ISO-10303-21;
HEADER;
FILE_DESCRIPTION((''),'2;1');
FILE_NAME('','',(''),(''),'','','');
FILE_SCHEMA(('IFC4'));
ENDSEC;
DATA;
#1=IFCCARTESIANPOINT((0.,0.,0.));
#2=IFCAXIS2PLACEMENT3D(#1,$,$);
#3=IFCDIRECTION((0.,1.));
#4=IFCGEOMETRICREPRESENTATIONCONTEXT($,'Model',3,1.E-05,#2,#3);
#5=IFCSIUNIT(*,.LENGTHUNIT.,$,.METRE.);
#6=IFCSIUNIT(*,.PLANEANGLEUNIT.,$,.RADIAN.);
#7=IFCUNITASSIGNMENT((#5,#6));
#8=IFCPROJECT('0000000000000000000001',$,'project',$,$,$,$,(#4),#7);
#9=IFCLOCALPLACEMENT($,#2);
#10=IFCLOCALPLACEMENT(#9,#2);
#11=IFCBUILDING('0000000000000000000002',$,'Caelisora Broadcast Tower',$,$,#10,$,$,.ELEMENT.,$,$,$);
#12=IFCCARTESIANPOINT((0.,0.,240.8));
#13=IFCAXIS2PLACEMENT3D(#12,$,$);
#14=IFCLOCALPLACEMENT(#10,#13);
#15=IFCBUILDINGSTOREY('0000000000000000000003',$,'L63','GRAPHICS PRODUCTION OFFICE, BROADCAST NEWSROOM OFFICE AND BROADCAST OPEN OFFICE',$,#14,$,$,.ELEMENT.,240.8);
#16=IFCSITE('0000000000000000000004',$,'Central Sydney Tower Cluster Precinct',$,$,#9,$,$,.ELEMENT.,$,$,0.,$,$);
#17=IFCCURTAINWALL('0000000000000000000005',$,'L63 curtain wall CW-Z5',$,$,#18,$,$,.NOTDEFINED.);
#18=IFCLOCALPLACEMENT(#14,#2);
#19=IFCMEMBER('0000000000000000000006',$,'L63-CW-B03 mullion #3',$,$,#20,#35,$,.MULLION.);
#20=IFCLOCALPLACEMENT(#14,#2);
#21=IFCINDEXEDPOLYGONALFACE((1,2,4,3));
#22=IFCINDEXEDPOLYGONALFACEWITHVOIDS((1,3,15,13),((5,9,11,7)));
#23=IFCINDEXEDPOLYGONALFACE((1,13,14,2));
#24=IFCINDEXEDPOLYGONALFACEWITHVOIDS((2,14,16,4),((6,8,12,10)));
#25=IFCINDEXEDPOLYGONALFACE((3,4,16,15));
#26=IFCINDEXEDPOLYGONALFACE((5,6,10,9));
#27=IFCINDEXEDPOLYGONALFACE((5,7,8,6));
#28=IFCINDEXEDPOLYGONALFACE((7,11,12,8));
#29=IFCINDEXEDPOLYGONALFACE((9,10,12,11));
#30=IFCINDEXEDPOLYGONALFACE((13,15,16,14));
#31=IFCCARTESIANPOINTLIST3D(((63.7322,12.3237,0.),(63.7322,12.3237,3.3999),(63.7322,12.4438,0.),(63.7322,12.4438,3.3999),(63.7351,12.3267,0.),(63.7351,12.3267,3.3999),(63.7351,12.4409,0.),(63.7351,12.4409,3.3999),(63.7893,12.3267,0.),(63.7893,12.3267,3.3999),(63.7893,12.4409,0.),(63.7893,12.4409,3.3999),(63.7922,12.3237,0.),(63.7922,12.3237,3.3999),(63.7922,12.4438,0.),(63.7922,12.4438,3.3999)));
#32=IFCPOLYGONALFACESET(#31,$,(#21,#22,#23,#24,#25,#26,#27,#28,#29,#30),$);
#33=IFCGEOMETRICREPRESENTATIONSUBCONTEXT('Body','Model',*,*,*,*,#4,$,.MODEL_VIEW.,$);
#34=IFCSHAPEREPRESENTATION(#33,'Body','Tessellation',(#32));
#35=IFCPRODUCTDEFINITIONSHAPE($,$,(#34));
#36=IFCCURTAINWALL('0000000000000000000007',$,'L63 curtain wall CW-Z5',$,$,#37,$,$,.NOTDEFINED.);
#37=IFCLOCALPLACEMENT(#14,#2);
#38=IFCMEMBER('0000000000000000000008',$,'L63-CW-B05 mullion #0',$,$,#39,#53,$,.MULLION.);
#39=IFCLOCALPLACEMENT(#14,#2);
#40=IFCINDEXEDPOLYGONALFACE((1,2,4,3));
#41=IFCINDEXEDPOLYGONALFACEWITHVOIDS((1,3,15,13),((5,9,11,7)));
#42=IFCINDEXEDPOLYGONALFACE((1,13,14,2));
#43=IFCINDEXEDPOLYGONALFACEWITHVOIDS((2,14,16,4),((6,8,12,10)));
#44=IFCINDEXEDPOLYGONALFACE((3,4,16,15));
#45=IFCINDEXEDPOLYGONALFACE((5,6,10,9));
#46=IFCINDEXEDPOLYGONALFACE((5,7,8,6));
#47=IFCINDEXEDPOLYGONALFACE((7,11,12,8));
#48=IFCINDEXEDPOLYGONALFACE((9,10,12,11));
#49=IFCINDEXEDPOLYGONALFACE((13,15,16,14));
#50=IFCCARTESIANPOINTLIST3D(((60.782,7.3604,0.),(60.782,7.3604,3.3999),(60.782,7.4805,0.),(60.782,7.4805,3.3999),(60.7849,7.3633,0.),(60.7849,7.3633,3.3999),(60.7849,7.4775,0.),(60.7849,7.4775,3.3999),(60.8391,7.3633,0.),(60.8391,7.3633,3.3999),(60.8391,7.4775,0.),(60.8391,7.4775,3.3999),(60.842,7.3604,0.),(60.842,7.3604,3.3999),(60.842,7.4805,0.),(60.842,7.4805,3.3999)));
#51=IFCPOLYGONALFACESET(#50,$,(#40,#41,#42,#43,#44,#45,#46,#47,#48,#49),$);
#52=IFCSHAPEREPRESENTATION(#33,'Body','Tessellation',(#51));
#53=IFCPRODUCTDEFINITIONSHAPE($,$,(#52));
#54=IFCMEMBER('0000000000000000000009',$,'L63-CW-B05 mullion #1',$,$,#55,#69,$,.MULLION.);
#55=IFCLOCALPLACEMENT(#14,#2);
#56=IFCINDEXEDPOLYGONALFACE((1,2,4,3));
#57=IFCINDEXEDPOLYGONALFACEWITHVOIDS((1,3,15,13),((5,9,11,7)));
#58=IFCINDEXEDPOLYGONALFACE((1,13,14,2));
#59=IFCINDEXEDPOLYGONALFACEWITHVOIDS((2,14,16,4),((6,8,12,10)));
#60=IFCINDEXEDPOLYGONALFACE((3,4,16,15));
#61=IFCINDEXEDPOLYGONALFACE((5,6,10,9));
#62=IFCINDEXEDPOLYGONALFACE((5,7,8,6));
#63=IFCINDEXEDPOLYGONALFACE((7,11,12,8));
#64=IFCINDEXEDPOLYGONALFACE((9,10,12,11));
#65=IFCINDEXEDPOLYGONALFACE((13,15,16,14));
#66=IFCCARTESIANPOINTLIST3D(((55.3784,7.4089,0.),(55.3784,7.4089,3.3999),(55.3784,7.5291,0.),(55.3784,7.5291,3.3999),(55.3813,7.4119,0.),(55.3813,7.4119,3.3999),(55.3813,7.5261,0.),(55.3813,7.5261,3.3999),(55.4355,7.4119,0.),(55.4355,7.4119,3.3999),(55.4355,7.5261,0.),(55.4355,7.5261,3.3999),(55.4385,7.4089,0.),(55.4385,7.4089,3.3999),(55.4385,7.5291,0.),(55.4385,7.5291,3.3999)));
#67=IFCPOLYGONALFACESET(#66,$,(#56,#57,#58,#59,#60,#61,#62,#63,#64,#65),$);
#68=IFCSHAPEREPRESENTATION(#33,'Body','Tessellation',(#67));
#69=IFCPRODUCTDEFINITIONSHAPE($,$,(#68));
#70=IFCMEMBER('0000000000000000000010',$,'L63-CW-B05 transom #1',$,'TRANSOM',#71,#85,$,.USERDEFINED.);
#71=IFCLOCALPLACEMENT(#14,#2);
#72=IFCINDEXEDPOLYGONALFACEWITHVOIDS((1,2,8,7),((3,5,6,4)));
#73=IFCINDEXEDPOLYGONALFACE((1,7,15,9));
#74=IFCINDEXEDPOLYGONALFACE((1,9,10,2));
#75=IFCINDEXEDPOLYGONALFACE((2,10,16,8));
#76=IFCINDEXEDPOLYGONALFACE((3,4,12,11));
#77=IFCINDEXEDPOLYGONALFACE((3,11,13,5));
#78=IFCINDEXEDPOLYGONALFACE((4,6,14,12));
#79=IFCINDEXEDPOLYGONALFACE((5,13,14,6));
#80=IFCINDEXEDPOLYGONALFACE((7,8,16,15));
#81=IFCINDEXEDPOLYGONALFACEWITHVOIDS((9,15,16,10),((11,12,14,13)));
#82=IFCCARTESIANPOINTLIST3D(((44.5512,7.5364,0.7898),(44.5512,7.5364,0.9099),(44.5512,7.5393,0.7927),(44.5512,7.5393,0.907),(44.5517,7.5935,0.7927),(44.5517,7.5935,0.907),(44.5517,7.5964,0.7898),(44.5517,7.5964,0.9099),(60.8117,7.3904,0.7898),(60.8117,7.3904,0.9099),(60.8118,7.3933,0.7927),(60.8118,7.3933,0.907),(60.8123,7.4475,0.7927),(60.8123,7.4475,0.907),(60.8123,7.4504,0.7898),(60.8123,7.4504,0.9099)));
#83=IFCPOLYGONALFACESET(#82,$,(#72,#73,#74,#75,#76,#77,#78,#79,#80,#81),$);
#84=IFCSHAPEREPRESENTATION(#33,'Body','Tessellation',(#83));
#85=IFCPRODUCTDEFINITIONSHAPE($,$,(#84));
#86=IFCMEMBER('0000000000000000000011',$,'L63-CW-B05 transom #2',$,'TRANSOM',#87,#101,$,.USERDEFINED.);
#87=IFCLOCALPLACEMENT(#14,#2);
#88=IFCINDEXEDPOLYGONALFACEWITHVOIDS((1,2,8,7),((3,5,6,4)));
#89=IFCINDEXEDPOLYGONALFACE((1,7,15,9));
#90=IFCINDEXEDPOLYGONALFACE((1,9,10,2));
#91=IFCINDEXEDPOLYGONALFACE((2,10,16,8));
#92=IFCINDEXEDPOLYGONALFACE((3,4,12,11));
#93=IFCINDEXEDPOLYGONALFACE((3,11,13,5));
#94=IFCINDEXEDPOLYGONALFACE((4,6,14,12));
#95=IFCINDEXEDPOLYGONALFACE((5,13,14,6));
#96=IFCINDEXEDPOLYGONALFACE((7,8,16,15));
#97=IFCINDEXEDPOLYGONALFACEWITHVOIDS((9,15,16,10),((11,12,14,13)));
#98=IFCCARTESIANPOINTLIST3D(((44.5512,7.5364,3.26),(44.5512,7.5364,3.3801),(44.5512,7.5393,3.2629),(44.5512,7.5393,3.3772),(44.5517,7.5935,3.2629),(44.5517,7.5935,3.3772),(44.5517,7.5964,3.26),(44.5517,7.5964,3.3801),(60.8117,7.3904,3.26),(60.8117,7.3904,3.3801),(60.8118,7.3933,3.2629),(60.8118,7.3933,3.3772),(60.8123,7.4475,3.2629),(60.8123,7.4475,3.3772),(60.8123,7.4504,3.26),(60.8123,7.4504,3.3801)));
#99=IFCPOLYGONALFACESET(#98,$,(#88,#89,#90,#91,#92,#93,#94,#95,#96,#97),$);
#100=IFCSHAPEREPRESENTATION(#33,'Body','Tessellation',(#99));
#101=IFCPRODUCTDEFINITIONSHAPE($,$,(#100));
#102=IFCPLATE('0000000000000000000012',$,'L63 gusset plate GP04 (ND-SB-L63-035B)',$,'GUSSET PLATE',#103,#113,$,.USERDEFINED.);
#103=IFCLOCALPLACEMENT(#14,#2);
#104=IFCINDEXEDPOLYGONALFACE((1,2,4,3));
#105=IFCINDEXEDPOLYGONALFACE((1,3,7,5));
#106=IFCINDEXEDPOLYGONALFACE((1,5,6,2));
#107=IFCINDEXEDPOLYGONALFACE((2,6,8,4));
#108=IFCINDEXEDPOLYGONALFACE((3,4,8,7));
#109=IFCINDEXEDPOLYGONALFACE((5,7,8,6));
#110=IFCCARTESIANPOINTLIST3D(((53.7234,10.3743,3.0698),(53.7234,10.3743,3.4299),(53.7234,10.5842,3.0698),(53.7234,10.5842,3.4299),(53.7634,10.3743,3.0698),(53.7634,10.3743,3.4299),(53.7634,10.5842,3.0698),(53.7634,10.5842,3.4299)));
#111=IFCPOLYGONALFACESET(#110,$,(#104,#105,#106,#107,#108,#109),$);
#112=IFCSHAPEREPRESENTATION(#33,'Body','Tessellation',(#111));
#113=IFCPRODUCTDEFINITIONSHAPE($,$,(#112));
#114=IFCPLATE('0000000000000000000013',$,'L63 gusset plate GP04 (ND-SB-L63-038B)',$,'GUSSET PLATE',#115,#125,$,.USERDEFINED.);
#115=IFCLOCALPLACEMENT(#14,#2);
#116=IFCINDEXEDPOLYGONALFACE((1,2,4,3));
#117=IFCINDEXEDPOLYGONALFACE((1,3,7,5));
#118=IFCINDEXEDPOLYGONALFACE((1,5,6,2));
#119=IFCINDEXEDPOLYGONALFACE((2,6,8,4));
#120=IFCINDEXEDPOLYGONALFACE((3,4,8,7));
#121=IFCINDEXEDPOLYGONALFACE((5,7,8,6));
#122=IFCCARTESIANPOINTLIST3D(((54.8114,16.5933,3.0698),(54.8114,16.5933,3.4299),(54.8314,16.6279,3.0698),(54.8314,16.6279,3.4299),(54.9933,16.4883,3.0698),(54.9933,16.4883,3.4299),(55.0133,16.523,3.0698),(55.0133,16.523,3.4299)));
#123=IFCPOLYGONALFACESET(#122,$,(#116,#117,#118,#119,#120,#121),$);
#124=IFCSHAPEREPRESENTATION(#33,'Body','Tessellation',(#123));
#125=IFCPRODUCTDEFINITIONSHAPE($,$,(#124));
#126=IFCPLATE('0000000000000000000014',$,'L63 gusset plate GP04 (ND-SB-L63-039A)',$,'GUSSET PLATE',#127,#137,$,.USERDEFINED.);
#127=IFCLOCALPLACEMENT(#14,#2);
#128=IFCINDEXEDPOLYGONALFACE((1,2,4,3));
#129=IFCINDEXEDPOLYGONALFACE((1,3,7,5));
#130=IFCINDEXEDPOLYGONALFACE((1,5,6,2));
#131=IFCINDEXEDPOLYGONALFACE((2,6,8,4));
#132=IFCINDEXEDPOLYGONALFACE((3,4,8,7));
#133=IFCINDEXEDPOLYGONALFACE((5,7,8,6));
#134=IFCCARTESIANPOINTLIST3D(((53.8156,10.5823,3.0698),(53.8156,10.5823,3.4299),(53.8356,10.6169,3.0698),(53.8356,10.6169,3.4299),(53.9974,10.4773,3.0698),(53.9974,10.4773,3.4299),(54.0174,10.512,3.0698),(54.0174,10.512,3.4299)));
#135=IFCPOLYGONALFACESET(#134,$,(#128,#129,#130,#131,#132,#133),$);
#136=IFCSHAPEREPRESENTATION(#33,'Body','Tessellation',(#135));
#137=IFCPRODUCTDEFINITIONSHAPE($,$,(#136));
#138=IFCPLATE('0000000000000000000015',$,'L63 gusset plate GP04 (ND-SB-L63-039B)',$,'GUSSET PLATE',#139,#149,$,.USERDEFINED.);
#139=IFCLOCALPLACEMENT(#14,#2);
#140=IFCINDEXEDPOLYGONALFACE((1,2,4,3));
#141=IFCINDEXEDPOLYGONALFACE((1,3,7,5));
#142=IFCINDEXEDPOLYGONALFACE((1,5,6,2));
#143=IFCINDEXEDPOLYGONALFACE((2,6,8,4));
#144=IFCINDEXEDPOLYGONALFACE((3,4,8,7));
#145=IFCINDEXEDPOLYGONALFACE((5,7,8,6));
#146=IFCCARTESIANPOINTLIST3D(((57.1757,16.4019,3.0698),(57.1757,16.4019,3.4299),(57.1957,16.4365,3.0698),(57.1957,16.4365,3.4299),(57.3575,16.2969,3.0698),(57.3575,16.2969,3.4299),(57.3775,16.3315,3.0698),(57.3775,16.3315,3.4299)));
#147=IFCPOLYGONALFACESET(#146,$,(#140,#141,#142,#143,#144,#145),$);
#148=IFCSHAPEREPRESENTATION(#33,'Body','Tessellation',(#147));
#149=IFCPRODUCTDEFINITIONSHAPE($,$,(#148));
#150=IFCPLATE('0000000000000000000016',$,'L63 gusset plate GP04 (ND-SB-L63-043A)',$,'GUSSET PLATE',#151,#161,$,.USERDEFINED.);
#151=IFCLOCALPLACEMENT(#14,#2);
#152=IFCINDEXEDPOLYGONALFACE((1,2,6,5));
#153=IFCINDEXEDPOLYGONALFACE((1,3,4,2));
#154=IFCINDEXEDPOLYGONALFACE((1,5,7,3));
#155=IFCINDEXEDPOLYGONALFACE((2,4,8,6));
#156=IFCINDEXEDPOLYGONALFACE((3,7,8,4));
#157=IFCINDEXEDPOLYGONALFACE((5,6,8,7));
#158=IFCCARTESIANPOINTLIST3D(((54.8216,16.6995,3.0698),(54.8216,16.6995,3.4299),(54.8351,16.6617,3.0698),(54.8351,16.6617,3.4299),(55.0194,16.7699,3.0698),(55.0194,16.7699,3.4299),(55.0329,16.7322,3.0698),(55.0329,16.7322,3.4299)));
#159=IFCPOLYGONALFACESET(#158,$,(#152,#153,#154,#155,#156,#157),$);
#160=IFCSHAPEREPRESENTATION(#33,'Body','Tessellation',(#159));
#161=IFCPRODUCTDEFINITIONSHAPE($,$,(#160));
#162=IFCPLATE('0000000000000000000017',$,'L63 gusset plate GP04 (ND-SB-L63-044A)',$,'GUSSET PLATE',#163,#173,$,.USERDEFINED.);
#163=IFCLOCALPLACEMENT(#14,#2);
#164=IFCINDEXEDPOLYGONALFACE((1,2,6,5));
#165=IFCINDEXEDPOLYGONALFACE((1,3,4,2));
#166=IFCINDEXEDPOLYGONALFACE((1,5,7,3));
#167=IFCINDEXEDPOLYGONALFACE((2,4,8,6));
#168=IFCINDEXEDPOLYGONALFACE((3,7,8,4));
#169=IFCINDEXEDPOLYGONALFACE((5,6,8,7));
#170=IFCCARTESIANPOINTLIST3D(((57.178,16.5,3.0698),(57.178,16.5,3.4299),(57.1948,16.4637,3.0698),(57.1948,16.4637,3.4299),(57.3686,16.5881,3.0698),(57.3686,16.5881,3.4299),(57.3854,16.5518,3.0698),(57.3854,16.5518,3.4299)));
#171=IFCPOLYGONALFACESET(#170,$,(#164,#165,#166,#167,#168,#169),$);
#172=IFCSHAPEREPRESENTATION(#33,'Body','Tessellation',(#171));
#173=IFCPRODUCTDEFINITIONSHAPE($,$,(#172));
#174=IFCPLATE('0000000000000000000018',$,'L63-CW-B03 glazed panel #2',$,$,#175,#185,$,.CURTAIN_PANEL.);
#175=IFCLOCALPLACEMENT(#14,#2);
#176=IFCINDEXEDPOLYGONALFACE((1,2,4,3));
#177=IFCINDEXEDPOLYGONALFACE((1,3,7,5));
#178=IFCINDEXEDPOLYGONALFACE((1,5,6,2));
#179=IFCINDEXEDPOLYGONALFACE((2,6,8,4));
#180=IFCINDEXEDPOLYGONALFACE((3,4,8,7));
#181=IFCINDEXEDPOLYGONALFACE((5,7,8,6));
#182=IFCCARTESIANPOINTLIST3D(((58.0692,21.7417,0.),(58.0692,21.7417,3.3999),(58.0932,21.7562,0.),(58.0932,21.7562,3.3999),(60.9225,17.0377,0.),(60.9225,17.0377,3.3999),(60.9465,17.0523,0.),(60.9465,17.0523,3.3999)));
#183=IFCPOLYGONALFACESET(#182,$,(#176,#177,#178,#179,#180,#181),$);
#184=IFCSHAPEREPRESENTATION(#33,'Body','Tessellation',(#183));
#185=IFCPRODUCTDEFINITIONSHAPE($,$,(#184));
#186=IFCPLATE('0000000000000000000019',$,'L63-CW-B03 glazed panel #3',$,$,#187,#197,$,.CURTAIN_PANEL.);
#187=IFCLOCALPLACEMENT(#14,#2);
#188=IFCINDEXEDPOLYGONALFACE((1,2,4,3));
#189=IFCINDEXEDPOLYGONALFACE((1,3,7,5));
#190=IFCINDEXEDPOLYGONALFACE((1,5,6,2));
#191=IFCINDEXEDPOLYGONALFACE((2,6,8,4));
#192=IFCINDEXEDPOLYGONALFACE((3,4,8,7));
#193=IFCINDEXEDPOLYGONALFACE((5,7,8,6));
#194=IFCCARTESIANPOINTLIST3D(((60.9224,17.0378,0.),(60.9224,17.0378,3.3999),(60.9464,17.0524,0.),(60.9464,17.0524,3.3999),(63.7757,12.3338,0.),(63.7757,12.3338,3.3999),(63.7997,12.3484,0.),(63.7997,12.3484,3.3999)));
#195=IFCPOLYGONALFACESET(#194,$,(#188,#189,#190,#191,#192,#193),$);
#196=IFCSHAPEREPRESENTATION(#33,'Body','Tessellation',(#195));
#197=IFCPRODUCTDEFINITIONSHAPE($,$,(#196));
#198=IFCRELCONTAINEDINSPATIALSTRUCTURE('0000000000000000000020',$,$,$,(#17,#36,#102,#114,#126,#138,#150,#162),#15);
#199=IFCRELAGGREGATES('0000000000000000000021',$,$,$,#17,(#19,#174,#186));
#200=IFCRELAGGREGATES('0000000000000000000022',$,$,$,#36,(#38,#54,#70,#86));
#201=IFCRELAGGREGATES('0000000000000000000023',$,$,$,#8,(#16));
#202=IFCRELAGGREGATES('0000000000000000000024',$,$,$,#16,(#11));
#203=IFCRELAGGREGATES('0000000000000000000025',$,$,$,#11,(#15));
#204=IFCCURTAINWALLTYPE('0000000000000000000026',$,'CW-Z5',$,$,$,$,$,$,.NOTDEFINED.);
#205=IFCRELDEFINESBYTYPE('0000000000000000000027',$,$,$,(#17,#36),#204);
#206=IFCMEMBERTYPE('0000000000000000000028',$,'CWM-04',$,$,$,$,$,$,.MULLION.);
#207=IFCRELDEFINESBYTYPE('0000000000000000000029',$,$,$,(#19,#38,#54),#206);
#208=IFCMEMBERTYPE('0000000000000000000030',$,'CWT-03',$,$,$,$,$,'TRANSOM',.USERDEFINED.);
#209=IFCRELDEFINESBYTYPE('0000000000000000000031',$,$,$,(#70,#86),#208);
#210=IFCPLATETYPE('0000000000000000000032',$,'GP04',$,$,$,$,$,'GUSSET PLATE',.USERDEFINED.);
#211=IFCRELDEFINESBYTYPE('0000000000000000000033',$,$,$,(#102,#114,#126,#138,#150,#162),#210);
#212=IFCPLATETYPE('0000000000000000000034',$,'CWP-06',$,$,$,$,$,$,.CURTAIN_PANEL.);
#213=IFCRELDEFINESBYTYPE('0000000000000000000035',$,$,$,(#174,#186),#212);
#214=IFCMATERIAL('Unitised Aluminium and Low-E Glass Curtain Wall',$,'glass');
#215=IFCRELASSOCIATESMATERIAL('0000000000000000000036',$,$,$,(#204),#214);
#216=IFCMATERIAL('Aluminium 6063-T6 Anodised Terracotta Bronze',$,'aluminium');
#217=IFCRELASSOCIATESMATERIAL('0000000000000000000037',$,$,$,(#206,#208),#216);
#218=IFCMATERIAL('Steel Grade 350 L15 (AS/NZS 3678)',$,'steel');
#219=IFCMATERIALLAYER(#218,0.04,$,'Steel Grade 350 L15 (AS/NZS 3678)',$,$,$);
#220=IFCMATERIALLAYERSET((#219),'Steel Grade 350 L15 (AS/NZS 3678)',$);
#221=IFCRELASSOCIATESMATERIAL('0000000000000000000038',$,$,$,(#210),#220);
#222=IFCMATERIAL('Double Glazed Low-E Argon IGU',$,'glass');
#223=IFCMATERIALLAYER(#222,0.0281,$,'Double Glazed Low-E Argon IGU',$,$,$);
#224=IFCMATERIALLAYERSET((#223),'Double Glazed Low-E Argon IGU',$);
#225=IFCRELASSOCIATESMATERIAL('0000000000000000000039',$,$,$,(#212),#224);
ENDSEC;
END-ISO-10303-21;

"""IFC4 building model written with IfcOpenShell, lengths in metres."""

from ifc_helpers import new_model, si_unit, direction, frame, origin, origin_2d, place, context, subcontext, project, spatial, rectangle, hollow_rectangle, extrude, source, transform, mapped, material, layer, layer_set, material_profile, profile_set, type_object, type_shapes, element, aggregate, save


model = new_model("IFC4")

# Units and contexts
model_context = context("Model", 3, precision=1e-05, world=origin(), true_north=direction((0.0, 1.0)))
body_context = subcontext(model_context, "Body", "Model", "MODEL_VIEW")
ifc_project = project(units=[si_unit("LENGTHUNIT", "METRE"), si_unit("PLANEANGLEUNIT", "RADIAN")], contexts=[model_context])

# Site, building, storey
site_placement = place(None, origin())
site = spatial("IfcSite", under=ifc_project, at=site_placement, Name="Central Sydney Tower Cluster Precinct", CompositionType="ELEMENT", RefElevation=0.0)
building_placement = place(site_placement, origin())
building = spatial("IfcBuilding", under=site, at=building_placement, Name="Caelisora Broadcast Tower", CompositionType="ELEMENT")
storey_placement = place(building_placement, frame((0.0, 0.0, 240.8)))
storey = spatial("IfcBuildingStorey", under=building, at=storey_placement, Name="L63", Description="GRAPHICS PRODUCTION OFFICE, BROADCAST NEWSROOM OFFICE AND BROADCAST OPEN OFFICE", CompositionType="ELEMENT", Elevation=240.8)

# Shared definitions
ifc_material_1 = material(Name="Steel Grade 350 L15 (AS/NZS 3678)", Category="steel")

# Curtain walls, members
ifc_material_2 = material(Name="Unitised Aluminium and Low-E Glass Curtain Wall", Category="glass")
curtain_wall_type = type_object("IfcCurtainWallType", Name="CW-Z5", PredefinedType="NOTDEFINED", material=ifc_material_2)
curtain_wall_1_placement = place(storey_placement, origin())
curtain_wall_1 = element("IfcCurtainWall", 1, at=curtain_wall_1_placement, inside=storey, type_object=curtain_wall_type, Name="L63 curtain wall CW-Z5", PredefinedType="NOTDEFINED")
ifc_material_3 = material(Name="Aluminium 6063-T6 Anodised Terracotta Bronze", Category="aluminium")
ifc_material_profile_1 = material_profile(ifc_material_3, hollow_rectangle(XDim=0.0601, YDim=0.1201, WallThickness=0.0029, at=origin_2d()), Name="Aluminium 6063-T6 Anodised Terracotta Bronze")
ifc_profile_set_1 = profile_set([ifc_material_profile_1], Name="Aluminium 6063-T6 Anodised Terracotta Bronze")
member_type_1 = type_object("IfcMemberType", Name="CWM-04", PredefinedType="MULLION", material=ifc_profile_set_1)
shared_shape_1 = source(origin(), body_context, "Body", "SweptSolid", [
    extrude(hollow_rectangle(XDim=0.0601, YDim=0.1201, WallThickness=0.0029, at=origin_2d()), origin(), (0.0, 0.0, 1.0), 3.3999),
])
type_shapes(member_type_1, [shared_shape_1])
member_1_placement = place(storey_placement, frame((63.7622, 12.3838, 0.0), z_axis=(0.0, 0.0, 1.0), x_axis=(1.0, 0.0, 0.0)))
member_1 = element("IfcMember", 2, at=member_1_placement, type_object=member_type_1, Name="L63-CW-B03 mullion #3", PredefinedType="MULLION", context=body_context, shape_type="MappedRepresentation", body=[
    mapped(shared_shape_1, transform((0.0, 0.0, 0.0), scale=1.0)),
])
curtain_wall_2_placement = place(storey_placement, origin())
curtain_wall_2 = element("IfcCurtainWall", 3, at=curtain_wall_2_placement, inside=storey, type_object=curtain_wall_type, Name="L63 curtain wall CW-Z5", PredefinedType="NOTDEFINED")
member_2_placement = place(storey_placement, frame((60.812, 7.4204, 0.0), z_axis=(0.0, 0.0, 1.0), x_axis=(1.0, 0.0, 0.0)))
member_2 = element("IfcMember", 4, at=member_2_placement, type_object=member_type_1, Name="L63-CW-B05 mullion #0", PredefinedType="MULLION", context=body_context, shape_type="MappedRepresentation", body=[
    mapped(shared_shape_1, transform((0.0, 0.0, 0.0), scale=1.0)),
])
member_3_placement = place(storey_placement, frame((55.4084, 7.469, 0.0), z_axis=(0.0, 0.0, 1.0), x_axis=(1.0, 0.0, 0.0)))
member_3 = element("IfcMember", 5, at=member_3_placement, type_object=member_type_1, Name="L63-CW-B05 mullion #1", PredefinedType="MULLION", context=body_context, shape_type="MappedRepresentation", body=[
    mapped(shared_shape_1, transform((0.0, 0.0, 0.0), scale=1.0)),
])
ifc_material_profile_2 = material_profile(ifc_material_3, hollow_rectangle(XDim=0.0601, YDim=0.1201, WallThickness=0.0029, at=origin_2d()), Name="Aluminium 6063-T6 Anodised Terracotta Bronze")
ifc_profile_set_2 = profile_set([ifc_material_profile_2], Name="Aluminium 6063-T6 Anodised Terracotta Bronze")
member_type_2 = type_object("IfcMemberType", Name="CWT-03", ElementType="TRANSOM", PredefinedType="USERDEFINED", material=ifc_profile_set_2)
shared_shape_2 = source(origin(), body_context, "Body", "SweptSolid", [
    extrude(hollow_rectangle(XDim=0.0601, YDim=0.1201, WallThickness=0.0029, at=origin_2d()), origin(), (0.0, 0.0, 1.0), 16.2612),
])
type_shapes(member_type_2, [shared_shape_2])
member_4_placement = place(storey_placement, frame((60.812, 7.4204, 0.8499), z_axis=(-0.99996, 0.008978, 0.0), x_axis=(-0.008978, -0.99996, 0.0)))
member_4 = element("IfcMember", 6, at=member_4_placement, type_object=member_type_2, Name="L63-CW-B05 transom #1", ObjectType="TRANSOM", PredefinedType="USERDEFINED", context=body_context, shape_type="MappedRepresentation", body=[
    mapped(shared_shape_2, transform((0.0, 0.0, 0.0), scale=1.0)),
])
member_5_placement = place(storey_placement, frame((60.812, 7.4204, 3.3201), z_axis=(-0.99996, 0.008978, 0.0), x_axis=(-0.008978, -0.99996, 0.0)))
member_5 = element("IfcMember", 7, at=member_5_placement, type_object=member_type_2, Name="L63-CW-B05 transom #2", ObjectType="TRANSOM", PredefinedType="USERDEFINED", context=body_context, shape_type="MappedRepresentation", body=[
    mapped(shared_shape_2, transform((0.0, 0.0, 0.0), scale=1.0)),
])

# Plates
ifc_layer_1 = layer(ifc_material_1, 0.04, Name="Steel Grade 350 L15 (AS/NZS 3678)")
ifc_layer_set_1 = layer_set([ifc_layer_1], Name="Steel Grade 350 L15 (AS/NZS 3678)")
plate_type_1 = type_object("IfcPlateType", Name="GP04", ElementType="GUSSET PLATE", PredefinedType="USERDEFINED", material=ifc_layer_set_1)
shared_shape_3 = source(origin(), body_context, "Body", "SweptSolid", [
    extrude(rectangle(XDim=0.21, YDim=0.04, at=origin_2d()), origin(), (0.0, 0.0, 1.0), 0.3601),
])
type_shapes(plate_type_1, [shared_shape_3])
for number, where, z_axis, x_axis, name in (
    (8, (53.7434, 10.4792, 3.0698), (0.0, 0.0, 1.0), (0.0, 1.0, 0.0), "L63 gusset plate GP04 (ND-SB-L63-035B)"),
    (9, (54.9124, 16.5581, 3.0698), (0.0, 0.0, 1.0), (-0.866025, 0.5, 0.0), "L63 gusset plate GP04 (ND-SB-L63-038B)"),
    (10, (53.9165, 10.5471, 3.0698), (0.0, 0.0, 1.0), (-0.866025, 0.5, 0.0), "L63 gusset plate GP04 (ND-SB-L63-039A)"),
    (11, (57.2766, 16.3667, 3.0698), (0.0, 0.0, 1.0), (-0.866025, 0.5, 0.0), "L63 gusset plate GP04 (ND-SB-L63-039B)"),
    (12, (54.9272, 16.7158, 3.0698), (0.0, 0.0, 1.0), (-0.942057, -0.335452, 0.0), "L63 gusset plate GP04 (ND-SB-L63-043A)"),
    (13, (57.2817, 16.5259, 3.0698), (0.0, 0.0, 1.0), (-0.907704, -0.419611, 0.0), "L63 gusset plate GP04 (ND-SB-L63-044A)"),
):
    element("IfcPlate", number, at=place(storey_placement, frame(where, z_axis=z_axis, x_axis=x_axis)), inside=storey, type_object=plate_type_1, Name=name, ObjectType="GUSSET PLATE", PredefinedType="USERDEFINED", context=body_context, shape_type="MappedRepresentation", body=[
        mapped(shared_shape_3, transform((0.0, 0.0, 0.0), scale=1.0)),
    ])

# Plates
ifc_material_4 = material(Name="Double Glazed Low-E Argon IGU", Category="glass")
ifc_layer_2 = layer(ifc_material_4, 0.0281, Name="Double Glazed Low-E Argon IGU")
ifc_layer_set_2 = layer_set([ifc_layer_2], Name="Double Glazed Low-E Argon IGU")
plate_type_2 = type_object("IfcPlateType", Name="CWP-06", PredefinedType="CURTAIN_PANEL", material=ifc_layer_set_2)
shared_shape_4 = source(origin(), body_context, "Body", "SweptSolid", [
    extrude(rectangle(XDim=5.5017, YDim=0.0281, at=origin_2d()), origin(), (0.0, 0.0, 1.0), 3.3999),
])
plate_1_placement = place(storey_placement, frame((59.5078, 19.397, 0.0), z_axis=(0.0, 0.0, 1.0), x_axis=(0.518624, -0.855002, 0.0)))
plate_1 = element("IfcPlate", 14, at=plate_1_placement, type_object=plate_type_2, Name="L63-CW-B03 glazed panel #2", PredefinedType="CURTAIN_PANEL", context=body_context, shape_type="MappedRepresentation", body=[
    mapped(shared_shape_4, transform((0.0, 0.0, 0.0), scale=1.0)),
])
plate_2_placement = place(storey_placement, frame((62.3611, 14.6931, 0.0), z_axis=(0.0, 0.0, 1.0), x_axis=(0.518624, -0.855002, 0.0)))
plate_2 = element("IfcPlate", 15, at=plate_2_placement, type_object=plate_type_2, Name="L63-CW-B03 glazed panel #3", PredefinedType="CURTAIN_PANEL", context=body_context, shape_type="MappedRepresentation", body=[
    mapped(shared_shape_4, transform((0.0, 0.0, 0.0), scale=1.0)),
])
aggregate(curtain_wall_1, [member_1, plate_1, plate_2])
aggregate(curtain_wall_2, [member_2, member_3, member_4, member_5])

save(model, "model.ifc")
